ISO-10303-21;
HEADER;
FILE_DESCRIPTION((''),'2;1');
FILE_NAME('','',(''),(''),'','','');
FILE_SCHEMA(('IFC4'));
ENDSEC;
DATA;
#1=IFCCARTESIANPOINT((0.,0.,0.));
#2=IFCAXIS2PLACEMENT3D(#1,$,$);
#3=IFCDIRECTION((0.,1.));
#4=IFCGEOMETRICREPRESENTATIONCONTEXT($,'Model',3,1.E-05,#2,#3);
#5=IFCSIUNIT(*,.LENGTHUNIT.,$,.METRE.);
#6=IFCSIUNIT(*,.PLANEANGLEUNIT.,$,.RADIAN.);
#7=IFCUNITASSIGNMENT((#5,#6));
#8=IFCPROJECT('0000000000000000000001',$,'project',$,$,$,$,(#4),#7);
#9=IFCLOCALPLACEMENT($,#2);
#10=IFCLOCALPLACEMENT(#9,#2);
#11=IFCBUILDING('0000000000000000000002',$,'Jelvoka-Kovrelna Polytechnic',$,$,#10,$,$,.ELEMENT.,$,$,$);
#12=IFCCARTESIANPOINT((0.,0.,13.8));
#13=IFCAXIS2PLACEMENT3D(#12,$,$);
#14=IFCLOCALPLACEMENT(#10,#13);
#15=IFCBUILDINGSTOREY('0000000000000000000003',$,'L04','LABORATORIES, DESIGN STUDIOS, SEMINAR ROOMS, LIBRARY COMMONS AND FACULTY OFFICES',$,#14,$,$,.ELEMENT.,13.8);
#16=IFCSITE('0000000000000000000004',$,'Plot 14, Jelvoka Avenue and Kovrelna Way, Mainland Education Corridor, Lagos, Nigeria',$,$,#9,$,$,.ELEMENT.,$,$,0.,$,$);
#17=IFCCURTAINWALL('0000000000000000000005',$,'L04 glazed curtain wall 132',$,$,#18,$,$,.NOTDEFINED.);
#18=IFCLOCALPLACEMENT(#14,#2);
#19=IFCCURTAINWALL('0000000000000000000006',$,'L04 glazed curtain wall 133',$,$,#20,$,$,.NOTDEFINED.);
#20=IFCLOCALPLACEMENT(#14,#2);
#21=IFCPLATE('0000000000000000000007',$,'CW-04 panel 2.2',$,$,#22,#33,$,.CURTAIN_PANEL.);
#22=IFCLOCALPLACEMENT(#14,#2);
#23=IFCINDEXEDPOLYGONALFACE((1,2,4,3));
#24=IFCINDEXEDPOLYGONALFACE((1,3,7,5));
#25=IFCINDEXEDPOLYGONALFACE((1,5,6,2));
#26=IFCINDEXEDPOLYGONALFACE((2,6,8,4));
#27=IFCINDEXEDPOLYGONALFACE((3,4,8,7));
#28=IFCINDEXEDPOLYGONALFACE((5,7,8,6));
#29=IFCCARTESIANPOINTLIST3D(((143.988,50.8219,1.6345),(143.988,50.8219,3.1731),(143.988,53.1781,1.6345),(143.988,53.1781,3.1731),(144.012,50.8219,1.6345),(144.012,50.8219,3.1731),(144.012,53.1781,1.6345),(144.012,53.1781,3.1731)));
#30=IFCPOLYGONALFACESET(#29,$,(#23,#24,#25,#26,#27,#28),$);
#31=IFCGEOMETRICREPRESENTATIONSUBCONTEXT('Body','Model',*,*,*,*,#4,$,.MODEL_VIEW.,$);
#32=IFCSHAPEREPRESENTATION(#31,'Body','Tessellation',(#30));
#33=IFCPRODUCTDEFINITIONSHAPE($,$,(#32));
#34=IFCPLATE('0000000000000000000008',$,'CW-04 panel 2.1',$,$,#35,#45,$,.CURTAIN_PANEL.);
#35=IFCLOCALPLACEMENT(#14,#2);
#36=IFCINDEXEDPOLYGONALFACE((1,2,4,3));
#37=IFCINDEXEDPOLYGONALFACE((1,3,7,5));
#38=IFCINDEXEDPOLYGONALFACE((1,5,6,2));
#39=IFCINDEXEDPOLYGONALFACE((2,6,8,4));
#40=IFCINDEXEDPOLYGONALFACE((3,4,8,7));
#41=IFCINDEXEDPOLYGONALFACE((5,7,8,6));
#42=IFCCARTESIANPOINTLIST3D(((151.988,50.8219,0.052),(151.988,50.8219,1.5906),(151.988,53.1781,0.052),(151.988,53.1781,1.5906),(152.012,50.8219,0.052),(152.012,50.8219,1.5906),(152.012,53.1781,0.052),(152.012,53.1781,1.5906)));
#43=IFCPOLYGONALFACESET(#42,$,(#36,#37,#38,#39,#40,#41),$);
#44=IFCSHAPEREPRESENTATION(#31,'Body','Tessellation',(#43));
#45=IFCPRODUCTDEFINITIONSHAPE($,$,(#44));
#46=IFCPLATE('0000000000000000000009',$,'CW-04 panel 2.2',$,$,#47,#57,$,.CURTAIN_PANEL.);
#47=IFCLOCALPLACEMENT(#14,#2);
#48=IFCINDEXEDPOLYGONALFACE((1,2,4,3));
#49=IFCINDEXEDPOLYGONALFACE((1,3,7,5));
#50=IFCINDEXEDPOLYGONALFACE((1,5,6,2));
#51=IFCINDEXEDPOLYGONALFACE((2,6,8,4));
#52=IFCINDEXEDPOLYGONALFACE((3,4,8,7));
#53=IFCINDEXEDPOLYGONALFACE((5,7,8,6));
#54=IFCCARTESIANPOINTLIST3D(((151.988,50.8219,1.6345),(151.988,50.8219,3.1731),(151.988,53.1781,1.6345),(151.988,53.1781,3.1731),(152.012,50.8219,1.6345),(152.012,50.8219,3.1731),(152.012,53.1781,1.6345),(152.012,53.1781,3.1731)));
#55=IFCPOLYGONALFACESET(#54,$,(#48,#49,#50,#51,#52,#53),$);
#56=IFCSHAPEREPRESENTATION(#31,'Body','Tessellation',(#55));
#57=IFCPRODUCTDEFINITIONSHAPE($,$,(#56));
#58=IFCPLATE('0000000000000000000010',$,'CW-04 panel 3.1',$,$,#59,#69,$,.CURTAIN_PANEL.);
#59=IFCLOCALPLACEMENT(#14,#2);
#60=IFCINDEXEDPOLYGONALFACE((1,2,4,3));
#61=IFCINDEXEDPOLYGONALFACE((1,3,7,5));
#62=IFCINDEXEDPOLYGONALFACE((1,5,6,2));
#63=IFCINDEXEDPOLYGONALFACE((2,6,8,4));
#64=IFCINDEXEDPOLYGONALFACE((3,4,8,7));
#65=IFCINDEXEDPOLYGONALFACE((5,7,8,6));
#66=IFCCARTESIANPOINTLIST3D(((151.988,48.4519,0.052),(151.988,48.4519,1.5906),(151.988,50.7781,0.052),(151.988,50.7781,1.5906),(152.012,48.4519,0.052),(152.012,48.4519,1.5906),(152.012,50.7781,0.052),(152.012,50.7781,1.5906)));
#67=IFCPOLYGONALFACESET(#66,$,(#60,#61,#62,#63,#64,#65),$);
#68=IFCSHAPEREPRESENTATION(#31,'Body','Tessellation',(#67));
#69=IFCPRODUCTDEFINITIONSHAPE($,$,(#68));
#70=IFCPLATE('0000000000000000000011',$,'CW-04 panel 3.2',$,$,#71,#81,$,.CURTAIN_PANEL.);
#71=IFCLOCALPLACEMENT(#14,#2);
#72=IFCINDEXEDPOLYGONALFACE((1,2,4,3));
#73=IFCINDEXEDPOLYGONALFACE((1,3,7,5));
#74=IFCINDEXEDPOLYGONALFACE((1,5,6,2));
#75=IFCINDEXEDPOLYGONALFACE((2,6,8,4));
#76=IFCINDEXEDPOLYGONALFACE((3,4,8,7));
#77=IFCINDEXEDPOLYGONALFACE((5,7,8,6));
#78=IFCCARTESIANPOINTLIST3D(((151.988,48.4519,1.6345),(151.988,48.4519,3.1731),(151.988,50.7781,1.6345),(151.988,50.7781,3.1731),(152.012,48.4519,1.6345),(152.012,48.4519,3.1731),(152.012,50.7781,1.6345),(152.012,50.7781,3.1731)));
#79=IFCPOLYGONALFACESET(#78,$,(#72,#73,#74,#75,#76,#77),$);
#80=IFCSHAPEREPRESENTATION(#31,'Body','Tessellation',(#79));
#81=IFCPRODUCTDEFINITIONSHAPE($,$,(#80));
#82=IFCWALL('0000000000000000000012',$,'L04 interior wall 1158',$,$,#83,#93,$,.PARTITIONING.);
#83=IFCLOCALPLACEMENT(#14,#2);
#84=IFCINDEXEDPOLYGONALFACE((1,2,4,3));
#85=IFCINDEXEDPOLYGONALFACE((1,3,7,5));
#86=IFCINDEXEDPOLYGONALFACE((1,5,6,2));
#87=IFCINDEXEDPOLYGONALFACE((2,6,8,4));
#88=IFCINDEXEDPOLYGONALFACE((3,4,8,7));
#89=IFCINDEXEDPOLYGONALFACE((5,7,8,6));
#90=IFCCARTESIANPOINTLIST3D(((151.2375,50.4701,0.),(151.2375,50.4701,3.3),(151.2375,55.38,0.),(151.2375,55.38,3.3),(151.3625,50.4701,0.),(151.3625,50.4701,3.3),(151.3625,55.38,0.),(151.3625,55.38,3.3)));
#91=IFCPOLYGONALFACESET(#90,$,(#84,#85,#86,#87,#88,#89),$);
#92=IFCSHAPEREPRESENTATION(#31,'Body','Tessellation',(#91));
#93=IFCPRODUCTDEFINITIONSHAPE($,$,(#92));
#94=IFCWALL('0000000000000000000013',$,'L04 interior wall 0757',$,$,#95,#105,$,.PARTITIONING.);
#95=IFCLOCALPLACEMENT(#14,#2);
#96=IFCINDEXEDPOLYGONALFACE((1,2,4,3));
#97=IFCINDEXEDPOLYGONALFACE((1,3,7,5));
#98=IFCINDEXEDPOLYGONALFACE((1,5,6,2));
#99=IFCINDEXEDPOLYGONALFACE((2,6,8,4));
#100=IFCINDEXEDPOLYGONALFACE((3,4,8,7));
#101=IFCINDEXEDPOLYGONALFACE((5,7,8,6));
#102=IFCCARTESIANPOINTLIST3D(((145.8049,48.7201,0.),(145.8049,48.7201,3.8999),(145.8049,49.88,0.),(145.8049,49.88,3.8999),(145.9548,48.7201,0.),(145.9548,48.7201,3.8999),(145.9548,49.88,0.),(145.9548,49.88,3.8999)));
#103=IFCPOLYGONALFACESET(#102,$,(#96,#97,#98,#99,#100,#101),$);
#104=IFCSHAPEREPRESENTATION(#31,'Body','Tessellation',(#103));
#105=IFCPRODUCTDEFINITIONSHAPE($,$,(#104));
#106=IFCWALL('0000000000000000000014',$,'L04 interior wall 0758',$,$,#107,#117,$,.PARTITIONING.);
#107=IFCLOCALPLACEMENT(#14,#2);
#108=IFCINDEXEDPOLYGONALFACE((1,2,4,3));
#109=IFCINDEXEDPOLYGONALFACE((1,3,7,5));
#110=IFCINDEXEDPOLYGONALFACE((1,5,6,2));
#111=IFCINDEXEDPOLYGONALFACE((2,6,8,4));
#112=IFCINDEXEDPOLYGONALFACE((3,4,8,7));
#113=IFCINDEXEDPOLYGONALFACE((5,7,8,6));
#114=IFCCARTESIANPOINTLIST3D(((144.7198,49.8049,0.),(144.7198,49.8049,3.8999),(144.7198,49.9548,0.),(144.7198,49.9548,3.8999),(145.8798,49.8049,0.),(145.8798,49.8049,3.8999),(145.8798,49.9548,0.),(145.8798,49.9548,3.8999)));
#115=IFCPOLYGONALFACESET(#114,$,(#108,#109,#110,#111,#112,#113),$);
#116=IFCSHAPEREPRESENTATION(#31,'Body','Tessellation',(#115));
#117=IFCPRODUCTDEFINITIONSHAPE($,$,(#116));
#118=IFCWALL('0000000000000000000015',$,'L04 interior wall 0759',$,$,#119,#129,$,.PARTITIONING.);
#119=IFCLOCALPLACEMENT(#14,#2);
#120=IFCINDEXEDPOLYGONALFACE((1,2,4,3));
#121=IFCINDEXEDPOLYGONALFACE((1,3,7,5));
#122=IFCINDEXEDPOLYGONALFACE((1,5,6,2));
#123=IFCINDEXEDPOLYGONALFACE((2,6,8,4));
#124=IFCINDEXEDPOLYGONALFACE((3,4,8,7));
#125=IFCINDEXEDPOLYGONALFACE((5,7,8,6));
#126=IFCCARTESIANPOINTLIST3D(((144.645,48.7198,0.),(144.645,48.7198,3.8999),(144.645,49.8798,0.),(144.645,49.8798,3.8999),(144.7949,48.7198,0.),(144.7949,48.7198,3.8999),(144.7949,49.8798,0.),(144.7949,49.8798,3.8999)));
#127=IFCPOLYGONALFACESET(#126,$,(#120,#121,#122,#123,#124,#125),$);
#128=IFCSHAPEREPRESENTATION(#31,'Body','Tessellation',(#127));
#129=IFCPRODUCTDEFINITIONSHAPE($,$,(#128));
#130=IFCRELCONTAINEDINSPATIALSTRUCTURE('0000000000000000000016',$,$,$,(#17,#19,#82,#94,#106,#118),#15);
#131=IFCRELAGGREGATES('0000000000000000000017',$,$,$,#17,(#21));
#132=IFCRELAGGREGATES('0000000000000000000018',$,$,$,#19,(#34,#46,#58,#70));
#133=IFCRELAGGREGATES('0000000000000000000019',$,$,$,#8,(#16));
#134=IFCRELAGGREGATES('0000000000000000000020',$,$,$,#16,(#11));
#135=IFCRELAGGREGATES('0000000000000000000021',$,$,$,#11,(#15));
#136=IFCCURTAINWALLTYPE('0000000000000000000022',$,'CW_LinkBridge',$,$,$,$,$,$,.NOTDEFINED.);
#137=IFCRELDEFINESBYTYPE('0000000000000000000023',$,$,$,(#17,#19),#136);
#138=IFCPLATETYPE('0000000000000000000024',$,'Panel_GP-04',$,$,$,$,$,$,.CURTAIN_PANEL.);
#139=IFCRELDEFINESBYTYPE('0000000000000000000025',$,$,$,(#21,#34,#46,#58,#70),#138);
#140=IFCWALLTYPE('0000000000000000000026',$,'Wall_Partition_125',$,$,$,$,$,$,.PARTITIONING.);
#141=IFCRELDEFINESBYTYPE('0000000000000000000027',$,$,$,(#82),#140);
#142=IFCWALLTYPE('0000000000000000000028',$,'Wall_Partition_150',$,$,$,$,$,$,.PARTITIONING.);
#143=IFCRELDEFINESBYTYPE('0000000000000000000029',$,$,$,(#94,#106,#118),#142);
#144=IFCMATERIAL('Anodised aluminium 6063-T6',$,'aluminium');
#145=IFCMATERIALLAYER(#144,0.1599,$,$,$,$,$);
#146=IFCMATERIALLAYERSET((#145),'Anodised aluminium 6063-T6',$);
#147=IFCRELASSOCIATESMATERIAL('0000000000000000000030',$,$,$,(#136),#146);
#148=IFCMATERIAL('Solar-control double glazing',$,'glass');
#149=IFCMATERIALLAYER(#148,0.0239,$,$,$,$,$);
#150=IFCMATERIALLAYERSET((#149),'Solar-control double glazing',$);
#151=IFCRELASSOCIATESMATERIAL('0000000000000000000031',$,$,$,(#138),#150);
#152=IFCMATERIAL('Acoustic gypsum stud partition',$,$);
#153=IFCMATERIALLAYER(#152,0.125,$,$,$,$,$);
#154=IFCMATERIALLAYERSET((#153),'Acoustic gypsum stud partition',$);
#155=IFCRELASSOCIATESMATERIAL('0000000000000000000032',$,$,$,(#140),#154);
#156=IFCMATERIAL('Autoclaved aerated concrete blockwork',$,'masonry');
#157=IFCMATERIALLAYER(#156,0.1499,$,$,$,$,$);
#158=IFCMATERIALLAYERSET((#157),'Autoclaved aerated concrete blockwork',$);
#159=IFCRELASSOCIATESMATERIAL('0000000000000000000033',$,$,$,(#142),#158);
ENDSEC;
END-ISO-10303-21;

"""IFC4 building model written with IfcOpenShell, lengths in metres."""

from ifc_helpers import new_model, si_unit, direction, frame, frame_2d, origin, origin_2d, place, context, subcontext, project, spatial, rectangle, extrude, material, layer, layer_set, type_object, element, aggregate, save


model = new_model("IFC4")

# Units and contexts
model_context = context("Model", 3, precision=1e-05, world=origin(), true_north=direction((0.0, 1.0)))
body_context = subcontext(model_context, "Body", "Model", "MODEL_VIEW")
ifc_project = project(units=[si_unit("LENGTHUNIT", "METRE"), si_unit("PLANEANGLEUNIT", "RADIAN")], contexts=[model_context])

# Site, building, storey
site_placement = place(None, origin())
site = spatial("IfcSite", under=ifc_project, at=site_placement, Name="Plot 14, Jelvoka Avenue and Kovrelna Way, Mainland Education Corridor, Lagos, Nigeria", CompositionType="ELEMENT", RefElevation=0.0)
building_placement = place(site_placement, origin())
building = spatial("IfcBuilding", under=site, at=building_placement, Name="Jelvoka-Kovrelna Polytechnic", CompositionType="ELEMENT")
storey_placement = place(building_placement, frame((0.0, 0.0, 13.8)))
storey = spatial("IfcBuildingStorey", under=building, at=storey_placement, Name="L04", Description="LABORATORIES, DESIGN STUDIOS, SEMINAR ROOMS, LIBRARY COMMONS AND FACULTY OFFICES", CompositionType="ELEMENT", Elevation=13.8)

# Curtain walls
ifc_material_1 = material(Name="Anodised aluminium 6063-T6", Category="aluminium")
ifc_layer_1 = layer(ifc_material_1, 0.1599)
ifc_layer_set_1 = layer_set([ifc_layer_1], Name="Anodised aluminium 6063-T6")
curtain_wall_type = type_object("IfcCurtainWallType", Name="CW_LinkBridge", PredefinedType="NOTDEFINED", material=ifc_layer_set_1)
curtain_wall_1_placement = place(storey_placement, origin())
curtain_wall_1 = element("IfcCurtainWall", 1, at=curtain_wall_1_placement, inside=storey, type_object=curtain_wall_type, Name="L04 glazed curtain wall 132", PredefinedType="NOTDEFINED")
curtain_wall_2_placement = place(storey_placement, origin())
curtain_wall_2 = element("IfcCurtainWall", 2, at=curtain_wall_2_placement, inside=storey, type_object=curtain_wall_type, Name="L04 glazed curtain wall 133", PredefinedType="NOTDEFINED")

# Plates
ifc_material_2 = material(Name="Solar-control double glazing", Category="glass")
ifc_layer_2 = layer(ifc_material_2, 0.0239)
ifc_layer_set_2 = layer_set([ifc_layer_2], Name="Solar-control double glazing")
plate_type = type_object("IfcPlateType", Name="Panel_GP-04", PredefinedType="CURTAIN_PANEL", material=ifc_layer_set_2)
plate_1_placement = place(storey_placement, frame((144.0, 52.0, 1.6345), z_axis=(0.0, 0.0, 1.0), x_axis=(0.0, 1.0, 0.0)))
plate_1 = element("IfcPlate", 3, at=plate_1_placement, type_object=plate_type, Name="CW-04 panel 2.2", PredefinedType="CURTAIN_PANEL", context=body_context, shape_type="SweptSolid", body=[
    extrude(rectangle(XDim=2.3562, YDim=0.0239, at=origin_2d()), origin(), (0.0, 0.0, 1.0), 1.5386),
])
aggregate(curtain_wall_1, [plate_1])
plate_2_placement = place(storey_placement, frame((152.0, 52.0, 0.052), z_axis=(0.0, 0.0, 1.0), x_axis=(0.0, -1.0, 0.0)))
plate_2 = element("IfcPlate", 4, at=plate_2_placement, type_object=plate_type, Name="CW-04 panel 2.1", PredefinedType="CURTAIN_PANEL", context=body_context, shape_type="SweptSolid", body=[
    extrude(rectangle(XDim=2.3562, YDim=0.0239, at=origin_2d()), origin(), (0.0, 0.0, 1.0), 1.5386),
])
plate_3_placement = place(storey_placement, frame((152.0, 52.0, 1.6345), z_axis=(0.0, 0.0, 1.0), x_axis=(0.0, -1.0, 0.0)))
plate_3 = element("IfcPlate", 5, at=plate_3_placement, type_object=plate_type, Name="CW-04 panel 2.2", PredefinedType="CURTAIN_PANEL", context=body_context, shape_type="SweptSolid", body=[
    extrude(rectangle(XDim=2.3562, YDim=0.0239, at=origin_2d()), origin(), (0.0, 0.0, 1.0), 1.5386),
])
plate_4_placement = place(storey_placement, frame((152.0, 49.615, 0.052), z_axis=(0.0, 0.0, 1.0), x_axis=(0.0, -1.0, 0.0)))
plate_4 = element("IfcPlate", 6, at=plate_4_placement, type_object=plate_type, Name="CW-04 panel 3.1", PredefinedType="CURTAIN_PANEL", context=body_context, shape_type="SweptSolid", body=[
    extrude(rectangle(XDim=2.3262, YDim=0.0239, at=origin_2d()), origin(), (0.0, 0.0, 1.0), 1.5386),
])
plate_5_placement = place(storey_placement, frame((152.0, 49.615, 1.6345), z_axis=(0.0, 0.0, 1.0), x_axis=(0.0, -1.0, 0.0)))
plate_5 = element("IfcPlate", 7, at=plate_5_placement, type_object=plate_type, Name="CW-04 panel 3.2", PredefinedType="CURTAIN_PANEL", context=body_context, shape_type="SweptSolid", body=[
    extrude(rectangle(XDim=2.3262, YDim=0.0239, at=origin_2d()), origin(), (0.0, 0.0, 1.0), 1.5386),
])
aggregate(curtain_wall_2, [plate_2, plate_3, plate_4, plate_5])

# Walls
ifc_material_3 = material(Name="Acoustic gypsum stud partition")
ifc_layer_3 = layer(ifc_material_3, 0.125)
ifc_layer_set_3 = layer_set([ifc_layer_3], Name="Acoustic gypsum stud partition")
wall_type_1 = type_object("IfcWallType", Name="Wall_Partition_125", PredefinedType="PARTITIONING", material=ifc_layer_set_3)
wall_placement = place(storey_placement, frame((151.3, 50.47, 0.0), z_axis=(0.0, 0.0, 1.0), x_axis=(0.0, 1.0, 0.0)))
element("IfcWall", 8, at=wall_placement, inside=storey, type_object=wall_type_1, Name="L04 interior wall 1158", PredefinedType="PARTITIONING", context=body_context, shape_type="SweptSolid", body=[
    extrude(rectangle(XDim=4.9099, YDim=0.125, at=frame_2d((2.4551, 0.0))), origin(), (0.0, 0.0, 1.0), 3.3),
])
ifc_material_4 = material(Name="Autoclaved aerated concrete blockwork", Category="masonry")
ifc_layer_4 = layer(ifc_material_4, 0.1499)
ifc_layer_set_4 = layer_set([ifc_layer_4], Name="Autoclaved aerated concrete blockwork")
wall_type_2 = type_object("IfcWallType", Name="Wall_Partition_150", PredefinedType="PARTITIONING", material=ifc_layer_set_4)
for number, where, z_axis, x_axis, name in (
    (9, (145.8799, 48.72, 0.0), (0.0, 0.0, 1.0), (0.0, 1.0, 0.0), "L04 interior wall 0757"),
    (10, (145.8799, 49.8799, 0.0), (0.0, 0.0, 1.0), (-1.0, 0.0, 0.0), "L04 interior wall 0758"),
    (11, (144.72, 49.8799, 0.0), (0.0, 0.0, 1.0), (0.0, -1.0, 0.0), "L04 interior wall 0759"),
):
    element("IfcWall", number, at=place(storey_placement, frame(where, z_axis=z_axis, x_axis=x_axis)), inside=storey, type_object=wall_type_2, Name=name, PredefinedType="PARTITIONING", context=body_context, shape_type="SweptSolid", body=[
        extrude(rectangle(XDim=1.1599, YDim=0.1499, at=frame_2d((0.5801, 0.0))), origin(), (0.0, 0.0, 1.0), 3.8999),
    ])

save(model, "model.ifc")
